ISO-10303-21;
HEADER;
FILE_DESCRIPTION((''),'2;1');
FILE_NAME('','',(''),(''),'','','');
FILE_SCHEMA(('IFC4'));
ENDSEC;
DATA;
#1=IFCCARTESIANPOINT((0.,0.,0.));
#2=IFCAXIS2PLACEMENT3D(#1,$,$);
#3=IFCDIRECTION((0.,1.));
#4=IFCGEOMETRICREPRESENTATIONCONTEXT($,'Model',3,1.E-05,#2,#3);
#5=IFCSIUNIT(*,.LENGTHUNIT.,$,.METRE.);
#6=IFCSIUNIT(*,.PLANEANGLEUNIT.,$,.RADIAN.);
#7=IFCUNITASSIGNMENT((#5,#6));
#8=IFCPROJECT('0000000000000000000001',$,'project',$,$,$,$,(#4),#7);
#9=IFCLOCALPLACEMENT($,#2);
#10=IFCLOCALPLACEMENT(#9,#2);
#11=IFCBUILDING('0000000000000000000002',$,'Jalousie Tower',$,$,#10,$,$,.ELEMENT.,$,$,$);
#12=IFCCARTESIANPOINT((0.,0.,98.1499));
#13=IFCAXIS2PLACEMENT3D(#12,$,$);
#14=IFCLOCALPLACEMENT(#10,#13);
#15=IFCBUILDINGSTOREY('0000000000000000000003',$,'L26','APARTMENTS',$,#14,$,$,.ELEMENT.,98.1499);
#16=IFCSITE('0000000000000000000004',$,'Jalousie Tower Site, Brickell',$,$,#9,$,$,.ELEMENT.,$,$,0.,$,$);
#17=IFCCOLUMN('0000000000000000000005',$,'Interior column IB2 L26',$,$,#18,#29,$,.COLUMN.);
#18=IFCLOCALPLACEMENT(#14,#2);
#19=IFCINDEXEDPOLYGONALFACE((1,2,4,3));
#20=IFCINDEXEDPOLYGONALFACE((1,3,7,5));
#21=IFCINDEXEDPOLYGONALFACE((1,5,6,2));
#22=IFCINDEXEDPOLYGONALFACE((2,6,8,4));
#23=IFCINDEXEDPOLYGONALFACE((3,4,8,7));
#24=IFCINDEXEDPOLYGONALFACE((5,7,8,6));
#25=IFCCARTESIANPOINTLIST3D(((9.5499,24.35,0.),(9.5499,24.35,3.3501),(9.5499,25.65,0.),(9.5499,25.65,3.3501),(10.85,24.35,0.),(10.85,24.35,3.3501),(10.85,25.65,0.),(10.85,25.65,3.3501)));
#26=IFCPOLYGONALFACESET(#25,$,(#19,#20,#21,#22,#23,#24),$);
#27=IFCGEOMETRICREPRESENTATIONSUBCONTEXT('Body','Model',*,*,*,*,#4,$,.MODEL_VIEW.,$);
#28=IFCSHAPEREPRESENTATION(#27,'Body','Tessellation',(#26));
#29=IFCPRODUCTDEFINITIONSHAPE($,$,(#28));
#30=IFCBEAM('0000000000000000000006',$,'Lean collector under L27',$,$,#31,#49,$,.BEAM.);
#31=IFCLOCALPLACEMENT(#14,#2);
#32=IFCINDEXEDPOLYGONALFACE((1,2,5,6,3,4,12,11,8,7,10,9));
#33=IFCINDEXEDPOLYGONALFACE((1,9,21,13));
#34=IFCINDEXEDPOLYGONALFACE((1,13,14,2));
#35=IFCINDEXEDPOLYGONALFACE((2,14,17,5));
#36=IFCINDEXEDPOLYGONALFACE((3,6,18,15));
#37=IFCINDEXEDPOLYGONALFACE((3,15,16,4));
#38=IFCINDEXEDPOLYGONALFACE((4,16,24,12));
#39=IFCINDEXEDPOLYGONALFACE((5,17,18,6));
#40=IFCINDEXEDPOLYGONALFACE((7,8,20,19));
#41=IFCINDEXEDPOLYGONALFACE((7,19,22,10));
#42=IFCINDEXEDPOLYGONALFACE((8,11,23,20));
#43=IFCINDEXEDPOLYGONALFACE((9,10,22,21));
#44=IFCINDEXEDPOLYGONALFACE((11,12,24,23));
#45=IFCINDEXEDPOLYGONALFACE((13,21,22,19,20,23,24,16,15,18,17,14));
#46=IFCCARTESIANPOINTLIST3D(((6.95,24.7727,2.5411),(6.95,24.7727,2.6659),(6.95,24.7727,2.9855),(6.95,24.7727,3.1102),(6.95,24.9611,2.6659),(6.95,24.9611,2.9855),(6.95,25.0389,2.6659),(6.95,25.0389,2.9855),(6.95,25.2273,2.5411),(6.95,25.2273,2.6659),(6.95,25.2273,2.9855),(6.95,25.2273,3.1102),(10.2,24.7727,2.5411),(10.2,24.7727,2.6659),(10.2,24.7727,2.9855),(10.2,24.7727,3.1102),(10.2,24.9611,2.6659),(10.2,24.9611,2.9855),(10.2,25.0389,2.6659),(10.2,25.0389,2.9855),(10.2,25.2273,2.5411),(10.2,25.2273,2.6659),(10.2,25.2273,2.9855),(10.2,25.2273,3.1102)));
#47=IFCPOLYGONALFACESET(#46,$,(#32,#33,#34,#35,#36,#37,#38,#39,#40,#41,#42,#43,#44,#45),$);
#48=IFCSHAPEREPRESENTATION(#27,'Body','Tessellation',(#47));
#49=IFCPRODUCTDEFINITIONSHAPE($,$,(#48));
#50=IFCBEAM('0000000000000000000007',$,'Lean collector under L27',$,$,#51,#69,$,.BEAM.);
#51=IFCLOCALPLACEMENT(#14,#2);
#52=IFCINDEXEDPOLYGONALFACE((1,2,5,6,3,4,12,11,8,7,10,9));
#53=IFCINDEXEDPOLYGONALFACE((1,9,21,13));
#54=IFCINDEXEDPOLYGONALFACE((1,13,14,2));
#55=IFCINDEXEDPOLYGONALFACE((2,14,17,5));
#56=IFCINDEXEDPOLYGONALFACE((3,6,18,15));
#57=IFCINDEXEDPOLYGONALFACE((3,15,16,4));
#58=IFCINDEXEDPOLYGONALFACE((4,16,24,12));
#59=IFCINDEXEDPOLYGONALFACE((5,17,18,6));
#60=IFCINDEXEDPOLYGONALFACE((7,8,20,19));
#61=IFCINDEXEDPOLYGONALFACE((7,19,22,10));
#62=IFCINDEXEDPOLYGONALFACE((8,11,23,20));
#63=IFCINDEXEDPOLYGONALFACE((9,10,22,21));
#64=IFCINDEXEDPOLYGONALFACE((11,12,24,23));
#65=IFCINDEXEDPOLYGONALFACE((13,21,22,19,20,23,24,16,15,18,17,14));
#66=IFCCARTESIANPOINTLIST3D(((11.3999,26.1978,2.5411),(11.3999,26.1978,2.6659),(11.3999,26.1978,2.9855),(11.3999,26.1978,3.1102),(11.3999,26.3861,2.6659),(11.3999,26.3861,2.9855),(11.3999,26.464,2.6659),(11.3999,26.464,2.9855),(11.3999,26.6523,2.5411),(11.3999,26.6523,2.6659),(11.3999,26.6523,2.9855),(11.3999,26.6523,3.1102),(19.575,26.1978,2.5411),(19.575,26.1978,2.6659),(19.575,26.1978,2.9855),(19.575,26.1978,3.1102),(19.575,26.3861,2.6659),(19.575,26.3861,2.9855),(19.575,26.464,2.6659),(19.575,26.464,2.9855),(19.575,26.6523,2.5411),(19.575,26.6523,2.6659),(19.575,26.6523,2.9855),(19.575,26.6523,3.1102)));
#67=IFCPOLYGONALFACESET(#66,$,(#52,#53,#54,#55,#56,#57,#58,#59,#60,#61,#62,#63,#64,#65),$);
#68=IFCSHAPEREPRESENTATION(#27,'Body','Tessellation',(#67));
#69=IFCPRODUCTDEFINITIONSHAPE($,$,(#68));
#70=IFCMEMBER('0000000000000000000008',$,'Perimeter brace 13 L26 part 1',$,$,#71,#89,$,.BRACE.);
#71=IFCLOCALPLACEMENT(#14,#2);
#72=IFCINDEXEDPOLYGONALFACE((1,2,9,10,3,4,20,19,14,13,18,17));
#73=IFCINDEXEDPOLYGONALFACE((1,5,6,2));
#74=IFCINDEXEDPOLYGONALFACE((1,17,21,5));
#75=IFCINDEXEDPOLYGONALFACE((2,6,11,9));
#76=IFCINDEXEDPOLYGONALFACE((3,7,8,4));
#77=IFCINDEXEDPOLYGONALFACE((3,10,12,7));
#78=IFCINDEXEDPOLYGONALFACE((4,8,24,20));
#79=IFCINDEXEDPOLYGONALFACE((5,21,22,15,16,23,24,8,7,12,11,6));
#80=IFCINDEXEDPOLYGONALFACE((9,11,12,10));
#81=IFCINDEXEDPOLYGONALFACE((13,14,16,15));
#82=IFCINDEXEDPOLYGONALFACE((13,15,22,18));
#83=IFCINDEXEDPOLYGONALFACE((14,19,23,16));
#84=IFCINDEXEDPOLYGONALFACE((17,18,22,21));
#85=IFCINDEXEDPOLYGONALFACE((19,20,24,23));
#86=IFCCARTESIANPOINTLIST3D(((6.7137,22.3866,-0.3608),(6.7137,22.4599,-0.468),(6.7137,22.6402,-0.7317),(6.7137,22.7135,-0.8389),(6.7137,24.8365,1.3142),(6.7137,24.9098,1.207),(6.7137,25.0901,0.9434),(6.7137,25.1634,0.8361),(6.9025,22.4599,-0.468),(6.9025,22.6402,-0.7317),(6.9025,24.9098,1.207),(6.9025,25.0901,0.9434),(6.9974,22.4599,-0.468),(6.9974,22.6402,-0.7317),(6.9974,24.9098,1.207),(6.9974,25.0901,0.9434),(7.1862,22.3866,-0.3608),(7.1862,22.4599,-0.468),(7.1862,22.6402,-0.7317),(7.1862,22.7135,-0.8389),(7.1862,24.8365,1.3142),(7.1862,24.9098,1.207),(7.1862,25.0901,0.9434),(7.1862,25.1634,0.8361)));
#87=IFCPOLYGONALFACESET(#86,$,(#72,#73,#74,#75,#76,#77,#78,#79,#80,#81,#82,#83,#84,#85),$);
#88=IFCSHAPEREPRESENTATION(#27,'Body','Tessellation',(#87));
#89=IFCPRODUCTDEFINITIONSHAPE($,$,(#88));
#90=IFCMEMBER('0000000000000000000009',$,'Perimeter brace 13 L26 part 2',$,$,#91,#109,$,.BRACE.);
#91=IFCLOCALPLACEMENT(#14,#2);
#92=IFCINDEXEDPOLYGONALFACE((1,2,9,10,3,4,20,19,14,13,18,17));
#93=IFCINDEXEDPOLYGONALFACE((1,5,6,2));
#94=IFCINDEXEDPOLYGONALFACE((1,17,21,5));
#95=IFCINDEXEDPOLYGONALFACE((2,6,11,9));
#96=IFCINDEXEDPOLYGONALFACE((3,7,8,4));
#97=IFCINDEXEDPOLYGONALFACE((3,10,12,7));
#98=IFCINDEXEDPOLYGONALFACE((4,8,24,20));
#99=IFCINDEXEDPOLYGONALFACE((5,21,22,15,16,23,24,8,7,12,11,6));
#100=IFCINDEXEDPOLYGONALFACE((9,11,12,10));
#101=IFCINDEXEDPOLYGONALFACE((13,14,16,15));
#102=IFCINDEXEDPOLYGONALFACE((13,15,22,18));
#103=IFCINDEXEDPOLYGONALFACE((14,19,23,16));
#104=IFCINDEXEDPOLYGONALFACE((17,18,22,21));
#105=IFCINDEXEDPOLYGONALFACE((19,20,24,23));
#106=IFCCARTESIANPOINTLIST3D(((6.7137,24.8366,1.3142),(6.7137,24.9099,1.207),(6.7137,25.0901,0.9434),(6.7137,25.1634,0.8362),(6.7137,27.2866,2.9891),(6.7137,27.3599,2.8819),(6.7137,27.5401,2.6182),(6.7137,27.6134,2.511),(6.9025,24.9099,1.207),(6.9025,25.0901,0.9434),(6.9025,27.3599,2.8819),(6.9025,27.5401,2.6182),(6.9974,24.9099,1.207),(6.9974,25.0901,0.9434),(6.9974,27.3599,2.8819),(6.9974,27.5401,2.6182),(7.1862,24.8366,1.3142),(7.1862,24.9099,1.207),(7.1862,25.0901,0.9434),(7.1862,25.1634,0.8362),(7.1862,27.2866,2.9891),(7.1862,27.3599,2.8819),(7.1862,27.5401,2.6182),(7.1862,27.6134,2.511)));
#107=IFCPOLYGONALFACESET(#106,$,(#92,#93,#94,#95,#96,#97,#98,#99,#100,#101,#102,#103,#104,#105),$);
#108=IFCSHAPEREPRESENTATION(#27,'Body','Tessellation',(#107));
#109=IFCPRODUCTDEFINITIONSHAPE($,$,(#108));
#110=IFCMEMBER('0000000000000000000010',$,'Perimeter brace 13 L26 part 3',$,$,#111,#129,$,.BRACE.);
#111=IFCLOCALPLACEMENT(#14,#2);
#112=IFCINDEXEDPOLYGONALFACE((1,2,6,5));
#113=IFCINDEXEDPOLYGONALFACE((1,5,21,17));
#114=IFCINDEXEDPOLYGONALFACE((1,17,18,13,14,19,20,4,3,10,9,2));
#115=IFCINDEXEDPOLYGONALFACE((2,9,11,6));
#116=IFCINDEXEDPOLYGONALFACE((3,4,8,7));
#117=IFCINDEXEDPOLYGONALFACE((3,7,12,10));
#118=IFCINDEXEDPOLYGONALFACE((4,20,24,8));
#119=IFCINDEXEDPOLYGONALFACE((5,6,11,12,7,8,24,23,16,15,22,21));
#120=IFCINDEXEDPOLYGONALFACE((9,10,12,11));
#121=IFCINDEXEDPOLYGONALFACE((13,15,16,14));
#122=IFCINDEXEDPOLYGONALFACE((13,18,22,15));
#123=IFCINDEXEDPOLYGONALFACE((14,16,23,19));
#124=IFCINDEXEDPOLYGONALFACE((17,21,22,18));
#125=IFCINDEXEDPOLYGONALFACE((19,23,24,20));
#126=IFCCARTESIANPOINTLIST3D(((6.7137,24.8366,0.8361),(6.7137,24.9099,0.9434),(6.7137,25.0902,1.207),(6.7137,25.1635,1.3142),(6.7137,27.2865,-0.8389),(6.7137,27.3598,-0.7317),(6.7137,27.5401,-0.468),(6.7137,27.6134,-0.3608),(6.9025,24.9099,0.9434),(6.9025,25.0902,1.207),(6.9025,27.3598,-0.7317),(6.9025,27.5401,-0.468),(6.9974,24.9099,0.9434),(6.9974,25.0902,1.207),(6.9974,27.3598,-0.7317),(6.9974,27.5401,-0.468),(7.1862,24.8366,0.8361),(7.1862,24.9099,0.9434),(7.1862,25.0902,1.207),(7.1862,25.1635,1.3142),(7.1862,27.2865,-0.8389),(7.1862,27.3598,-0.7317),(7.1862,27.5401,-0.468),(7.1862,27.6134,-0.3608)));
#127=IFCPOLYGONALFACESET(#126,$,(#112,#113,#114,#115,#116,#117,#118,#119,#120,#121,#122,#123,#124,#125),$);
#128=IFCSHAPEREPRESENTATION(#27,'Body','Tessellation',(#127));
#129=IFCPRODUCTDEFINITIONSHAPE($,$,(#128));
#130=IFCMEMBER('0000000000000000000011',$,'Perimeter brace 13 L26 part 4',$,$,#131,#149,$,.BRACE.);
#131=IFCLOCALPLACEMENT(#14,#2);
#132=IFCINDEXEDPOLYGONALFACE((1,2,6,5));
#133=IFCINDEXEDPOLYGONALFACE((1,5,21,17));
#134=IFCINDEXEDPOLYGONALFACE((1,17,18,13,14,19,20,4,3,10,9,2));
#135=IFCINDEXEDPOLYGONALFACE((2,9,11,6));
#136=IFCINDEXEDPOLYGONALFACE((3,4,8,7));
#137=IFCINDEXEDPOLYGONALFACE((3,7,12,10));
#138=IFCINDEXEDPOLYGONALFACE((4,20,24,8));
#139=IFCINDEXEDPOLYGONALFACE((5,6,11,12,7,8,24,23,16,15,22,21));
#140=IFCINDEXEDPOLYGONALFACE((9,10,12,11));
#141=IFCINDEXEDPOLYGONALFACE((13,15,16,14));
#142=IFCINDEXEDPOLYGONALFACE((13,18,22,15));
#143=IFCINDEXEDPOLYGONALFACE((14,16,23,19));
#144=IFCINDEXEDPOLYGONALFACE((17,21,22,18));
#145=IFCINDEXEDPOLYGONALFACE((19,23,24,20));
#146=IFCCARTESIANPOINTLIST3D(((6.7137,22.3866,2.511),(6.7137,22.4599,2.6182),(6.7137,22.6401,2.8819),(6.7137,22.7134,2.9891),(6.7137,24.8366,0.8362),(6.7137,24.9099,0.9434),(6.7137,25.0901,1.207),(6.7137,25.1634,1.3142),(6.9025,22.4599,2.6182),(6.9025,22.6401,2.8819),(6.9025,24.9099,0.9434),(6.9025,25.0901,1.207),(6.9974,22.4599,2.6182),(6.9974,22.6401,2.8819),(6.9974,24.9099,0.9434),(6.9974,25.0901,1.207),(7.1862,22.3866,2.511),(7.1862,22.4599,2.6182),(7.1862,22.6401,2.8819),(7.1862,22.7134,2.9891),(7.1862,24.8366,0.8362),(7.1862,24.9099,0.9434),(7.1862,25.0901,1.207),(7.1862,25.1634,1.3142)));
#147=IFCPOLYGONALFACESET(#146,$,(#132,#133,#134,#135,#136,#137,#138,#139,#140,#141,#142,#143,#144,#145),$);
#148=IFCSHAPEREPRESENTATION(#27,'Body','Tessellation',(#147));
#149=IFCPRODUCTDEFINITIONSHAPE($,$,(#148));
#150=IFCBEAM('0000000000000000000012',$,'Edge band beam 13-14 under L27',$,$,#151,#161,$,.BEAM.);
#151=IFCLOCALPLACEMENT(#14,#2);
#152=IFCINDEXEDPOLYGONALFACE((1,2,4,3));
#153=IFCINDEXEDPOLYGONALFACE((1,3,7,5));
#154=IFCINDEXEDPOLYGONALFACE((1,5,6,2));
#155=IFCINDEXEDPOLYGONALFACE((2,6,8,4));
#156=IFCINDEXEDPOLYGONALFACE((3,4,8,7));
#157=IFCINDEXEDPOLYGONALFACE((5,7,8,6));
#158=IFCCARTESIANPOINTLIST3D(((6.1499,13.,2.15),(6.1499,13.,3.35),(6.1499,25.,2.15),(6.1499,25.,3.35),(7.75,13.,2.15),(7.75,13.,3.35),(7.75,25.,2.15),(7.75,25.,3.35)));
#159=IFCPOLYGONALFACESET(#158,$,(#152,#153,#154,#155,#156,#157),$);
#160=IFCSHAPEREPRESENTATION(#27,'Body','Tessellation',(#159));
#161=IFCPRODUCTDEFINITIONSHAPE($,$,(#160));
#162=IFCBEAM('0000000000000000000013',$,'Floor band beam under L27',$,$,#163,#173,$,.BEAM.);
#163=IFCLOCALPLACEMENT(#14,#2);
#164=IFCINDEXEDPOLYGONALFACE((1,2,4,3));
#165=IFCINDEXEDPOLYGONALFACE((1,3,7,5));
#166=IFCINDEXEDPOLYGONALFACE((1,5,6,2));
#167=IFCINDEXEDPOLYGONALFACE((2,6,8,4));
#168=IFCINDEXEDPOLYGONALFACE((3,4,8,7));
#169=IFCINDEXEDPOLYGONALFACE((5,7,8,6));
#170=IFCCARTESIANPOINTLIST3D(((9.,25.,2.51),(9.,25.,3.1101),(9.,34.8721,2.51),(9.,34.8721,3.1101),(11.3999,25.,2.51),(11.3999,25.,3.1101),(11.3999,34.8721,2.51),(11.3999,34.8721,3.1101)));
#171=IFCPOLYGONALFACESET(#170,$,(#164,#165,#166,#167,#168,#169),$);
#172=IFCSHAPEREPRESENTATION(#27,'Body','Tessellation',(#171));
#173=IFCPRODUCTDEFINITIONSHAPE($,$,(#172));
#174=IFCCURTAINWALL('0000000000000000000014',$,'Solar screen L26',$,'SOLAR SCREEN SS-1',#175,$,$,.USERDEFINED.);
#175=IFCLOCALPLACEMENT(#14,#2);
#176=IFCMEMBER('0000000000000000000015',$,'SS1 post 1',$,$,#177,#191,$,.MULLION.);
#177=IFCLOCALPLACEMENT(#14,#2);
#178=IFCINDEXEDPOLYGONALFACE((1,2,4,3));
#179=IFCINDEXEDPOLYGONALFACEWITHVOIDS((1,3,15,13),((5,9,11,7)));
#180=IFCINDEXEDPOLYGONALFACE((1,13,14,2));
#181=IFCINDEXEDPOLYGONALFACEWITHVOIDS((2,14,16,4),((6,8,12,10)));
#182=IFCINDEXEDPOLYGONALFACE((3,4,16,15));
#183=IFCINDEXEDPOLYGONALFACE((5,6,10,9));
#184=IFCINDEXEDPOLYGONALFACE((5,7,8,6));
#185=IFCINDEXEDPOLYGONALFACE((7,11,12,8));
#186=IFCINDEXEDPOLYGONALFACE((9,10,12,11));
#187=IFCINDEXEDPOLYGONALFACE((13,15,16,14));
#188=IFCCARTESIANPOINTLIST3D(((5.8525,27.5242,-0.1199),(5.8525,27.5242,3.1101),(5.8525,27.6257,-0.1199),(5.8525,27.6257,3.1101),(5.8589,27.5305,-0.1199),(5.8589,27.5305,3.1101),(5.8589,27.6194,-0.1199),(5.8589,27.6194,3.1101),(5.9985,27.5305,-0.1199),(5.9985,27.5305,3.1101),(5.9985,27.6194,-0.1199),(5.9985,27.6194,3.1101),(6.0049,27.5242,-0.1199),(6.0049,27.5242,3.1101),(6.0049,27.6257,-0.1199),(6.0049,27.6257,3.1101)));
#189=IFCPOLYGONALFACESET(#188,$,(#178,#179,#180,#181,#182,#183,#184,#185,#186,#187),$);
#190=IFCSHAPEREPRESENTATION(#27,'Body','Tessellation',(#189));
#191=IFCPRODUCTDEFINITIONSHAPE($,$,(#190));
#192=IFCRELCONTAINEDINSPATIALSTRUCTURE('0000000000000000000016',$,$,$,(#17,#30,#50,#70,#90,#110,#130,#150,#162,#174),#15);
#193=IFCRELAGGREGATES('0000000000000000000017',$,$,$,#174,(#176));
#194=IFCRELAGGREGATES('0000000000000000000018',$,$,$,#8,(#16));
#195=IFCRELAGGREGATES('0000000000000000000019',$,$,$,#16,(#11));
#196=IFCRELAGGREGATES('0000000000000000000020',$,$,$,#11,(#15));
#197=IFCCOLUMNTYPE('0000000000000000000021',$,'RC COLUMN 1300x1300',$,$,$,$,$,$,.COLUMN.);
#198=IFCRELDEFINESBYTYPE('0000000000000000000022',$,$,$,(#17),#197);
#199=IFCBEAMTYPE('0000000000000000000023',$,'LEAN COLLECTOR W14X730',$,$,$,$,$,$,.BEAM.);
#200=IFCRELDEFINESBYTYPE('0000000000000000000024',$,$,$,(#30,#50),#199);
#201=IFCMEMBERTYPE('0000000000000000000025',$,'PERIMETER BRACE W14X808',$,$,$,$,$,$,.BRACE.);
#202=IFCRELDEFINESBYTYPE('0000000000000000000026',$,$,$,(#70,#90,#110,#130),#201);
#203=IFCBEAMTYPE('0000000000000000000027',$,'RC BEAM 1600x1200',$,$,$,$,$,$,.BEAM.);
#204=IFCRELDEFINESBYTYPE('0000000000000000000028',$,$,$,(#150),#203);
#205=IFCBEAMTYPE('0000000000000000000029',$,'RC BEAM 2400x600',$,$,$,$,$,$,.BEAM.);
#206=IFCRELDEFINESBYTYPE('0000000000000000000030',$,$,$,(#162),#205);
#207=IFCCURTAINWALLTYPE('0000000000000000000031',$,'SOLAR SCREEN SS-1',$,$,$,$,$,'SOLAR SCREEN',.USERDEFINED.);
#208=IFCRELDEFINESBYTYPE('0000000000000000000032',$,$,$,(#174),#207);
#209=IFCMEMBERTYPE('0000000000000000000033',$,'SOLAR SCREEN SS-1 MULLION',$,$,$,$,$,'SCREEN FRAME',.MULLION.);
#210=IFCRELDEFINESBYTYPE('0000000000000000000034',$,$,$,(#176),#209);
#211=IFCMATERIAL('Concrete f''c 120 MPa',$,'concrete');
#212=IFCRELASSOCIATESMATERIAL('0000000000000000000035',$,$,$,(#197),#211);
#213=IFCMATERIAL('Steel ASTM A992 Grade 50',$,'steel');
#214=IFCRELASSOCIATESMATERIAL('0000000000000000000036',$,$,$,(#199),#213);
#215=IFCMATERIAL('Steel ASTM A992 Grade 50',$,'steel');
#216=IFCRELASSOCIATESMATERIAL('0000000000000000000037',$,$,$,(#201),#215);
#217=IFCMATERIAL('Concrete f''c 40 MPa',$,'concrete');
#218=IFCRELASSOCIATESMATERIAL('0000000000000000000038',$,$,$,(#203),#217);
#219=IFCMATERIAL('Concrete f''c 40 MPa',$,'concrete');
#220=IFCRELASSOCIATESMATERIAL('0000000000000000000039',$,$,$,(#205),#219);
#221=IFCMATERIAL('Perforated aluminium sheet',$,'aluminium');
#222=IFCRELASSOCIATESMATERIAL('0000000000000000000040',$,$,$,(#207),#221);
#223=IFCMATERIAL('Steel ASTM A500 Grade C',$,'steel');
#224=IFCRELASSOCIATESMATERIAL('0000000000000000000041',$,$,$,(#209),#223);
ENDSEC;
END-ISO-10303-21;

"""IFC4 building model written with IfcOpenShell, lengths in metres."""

from ifc_helpers import new_model, si_unit, direction, frame, origin, origin_2d, place, context, subcontext, project, spatial, rectangle, hollow_rectangle, i_section, extrude, material, material_profile, profile_set, type_object, element, aggregate, save


model = new_model("IFC4")

# Units and contexts
model_context = context("Model", 3, precision=1e-05, world=origin(), true_north=direction((0.0, 1.0)))
body_context = subcontext(model_context, "Body", "Model", "MODEL_VIEW")
ifc_project = project(units=[si_unit("LENGTHUNIT", "METRE"), si_unit("PLANEANGLEUNIT", "RADIAN")], contexts=[model_context])

# Site, building, storey
site_placement = place(None, origin())
site = spatial("IfcSite", under=ifc_project, at=site_placement, Name="Jalousie Tower Site, Brickell", CompositionType="ELEMENT", RefElevation=0.0)
building_placement = place(site_placement, origin())
building = spatial("IfcBuilding", under=site, at=building_placement, Name="Jalousie Tower", CompositionType="ELEMENT")
storey_placement = place(building_placement, frame((0.0, 0.0, 98.1499)))
storey = spatial("IfcBuildingStorey", under=building, at=storey_placement, Name="L26", Description="APARTMENTS", CompositionType="ELEMENT", Elevation=98.1499)

# Column
ifc_material_1 = material(Name="Concrete f'c 120 MPa", Category="concrete")
ifc_material_profile_1 = material_profile(ifc_material_1, rectangle(XDim=1.3, YDim=1.3, at=origin_2d()), Name="RC 1300x1300")
ifc_profile_set_1 = profile_set([ifc_material_profile_1], Name="Concrete f'c 120 MPa")
column_type = type_object("IfcColumnType", Name="RC COLUMN 1300x1300", PredefinedType="COLUMN", material=ifc_profile_set_1)
column_placement = place(storey_placement, frame((10.2, 25.0, 0.0), z_axis=(0.0, 0.0, 1.0), x_axis=(1.0, 0.0, 0.0)))
element("IfcColumn", 1, at=column_placement, inside=storey, type_object=column_type, Name="Interior column IB2 L26", PredefinedType="COLUMN", context=body_context, shape_type="SweptSolid", body=[
    extrude(rectangle(XDim=1.3, YDim=1.3, at=origin_2d()), origin(), (0.0, 0.0, 1.0), 3.3501),
])

# Beams
ifc_material_2 = material(Name="Steel ASTM A992 Grade 50", Category="steel")
ifc_material_profile_2 = material_profile(ifc_material_2, i_section(OverallWidth=0.4546, OverallDepth=0.5691, WebThickness=0.0779, FlangeThickness=0.1248, at=origin_2d()), Name="W14X730")
ifc_profile_set_2 = profile_set([ifc_material_profile_2], Name="Steel ASTM A992 Grade 50")
beam_type_1 = type_object("IfcBeamType", Name="LEAN COLLECTOR W14X730", PredefinedType="BEAM", material=ifc_profile_set_2)
beam_1_placement = place(storey_placement, frame((6.95, 25.0, 2.8257), z_axis=(1.0, 0.0, 0.0), x_axis=(0.0, 1.0, 0.0)))
element("IfcBeam", 2, at=beam_1_placement, inside=storey, type_object=beam_type_1, Name="Lean collector under L27", PredefinedType="BEAM", context=body_context, shape_type="SweptSolid", body=[
    extrude(i_section(OverallWidth=0.4546, OverallDepth=0.5691, WebThickness=0.0779, FlangeThickness=0.1248, at=origin_2d()), origin(), (0.0, 0.0, 1.0), 3.25),
])
beam_2_placement = place(storey_placement, frame((11.3999, 26.425, 2.8257), z_axis=(1.0, 0.0, 0.0), x_axis=(0.0, 1.0, 0.0)))
element("IfcBeam", 3, at=beam_2_placement, inside=storey, type_object=beam_type_1, Name="Lean collector under L27", PredefinedType="BEAM", context=body_context, shape_type="SweptSolid", body=[
    extrude(i_section(OverallWidth=0.4546, OverallDepth=0.5691, WebThickness=0.0779, FlangeThickness=0.1248, at=origin_2d()), origin(), (0.0, 0.0, 1.0), 8.175),
])

# Members
ifc_material_3 = material(Name="Steel ASTM A992 Grade 50", Category="steel")
ifc_material_profile_3 = material_profile(ifc_material_3, i_section(OverallWidth=0.4724, OverallDepth=0.5791, WebThickness=0.095, FlangeThickness=0.1299, at=origin_2d()), Name="W14X808")
ifc_profile_set_3 = profile_set([ifc_material_profile_3], Name="Steel ASTM A992 Grade 50")
member_type_1 = type_object("IfcMemberType", Name="PERIMETER BRACE W14X808", PredefinedType="BRACE", material=ifc_profile_set_3)
for number, where, z_axis, x_axis, name in (
    (4, (6.95, 22.55, -0.5999), (0.0, 0.825501, 0.564401), (-1.0, 0.0, 0.0), "Perimeter brace 13 L26 part 1"),
    (5, (6.95, 25.0, 1.0752), (0.0, 0.825539, 0.564345), (-1.0, 0.0, 0.0), "Perimeter brace 13 L26 part 2"),
    (6, (6.95, 27.45, -0.5999), (0.0, -0.825501, 0.564401), (1.0, 0.0, 0.0), "Perimeter brace 13 L26 part 3"),
    (7, (6.95, 25.0, 1.0752), (0.0, -0.825539, 0.564345), (1.0, 0.0, 0.0), "Perimeter brace 13 L26 part 4"),
):
    element("IfcMember", number, at=place(storey_placement, frame(where, z_axis=z_axis, x_axis=x_axis)), inside=storey, type_object=member_type_1, Name=name, PredefinedType="BRACE", context=body_context, shape_type="SweptSolid", body=[
        extrude(i_section(OverallWidth=0.4724, OverallDepth=0.5791, WebThickness=0.095, FlangeThickness=0.1299, at=origin_2d()), origin(), (0.0, 0.0, 1.0), 2.9678),
    ])

# Beams
ifc_material_4 = material(Name="Concrete f'c 40 MPa", Category="concrete")
ifc_material_profile_4 = material_profile(ifc_material_4, rectangle(XDim=1.6001, YDim=1.2, at=origin_2d()), Name="RC 1600x1200")
ifc_profile_set_4 = profile_set([ifc_material_profile_4], Name="Concrete f'c 40 MPa")
beam_type_2 = type_object("IfcBeamType", Name="RC BEAM 1600x1200", PredefinedType="BEAM", material=ifc_profile_set_4)
beam_3_placement = place(storey_placement, frame((6.95, 25.0, 2.75), z_axis=(0.0, -1.0, 0.0), x_axis=(1.0, 0.0, 0.0)))
element("IfcBeam", 8, at=beam_3_placement, inside=storey, type_object=beam_type_2, Name="Edge band beam 13-14 under L27", PredefinedType="BEAM", context=body_context, shape_type="SweptSolid", body=[
    extrude(rectangle(XDim=1.6001, YDim=1.2, at=origin_2d()), origin(), (0.0, 0.0, 1.0), 12.0),
])
ifc_material_5 = material(Name="Concrete f'c 40 MPa", Category="concrete")
ifc_material_profile_5 = material_profile(ifc_material_5, rectangle(XDim=2.3999, YDim=0.6001, at=origin_2d()), Name="RC 2400x600")
ifc_profile_set_5 = profile_set([ifc_material_profile_5], Name="Concrete f'c 40 MPa")
beam_type_3 = type_object("IfcBeamType", Name="RC BEAM 2400x600", PredefinedType="BEAM", material=ifc_profile_set_5)
beam_4_placement = place(storey_placement, frame((10.2, 25.0, 2.8101), z_axis=(0.0, 1.0, 0.0), x_axis=(-1.0, 0.0, 0.0)))
element("IfcBeam", 9, at=beam_4_placement, inside=storey, type_object=beam_type_3, Name="Floor band beam under L27", PredefinedType="BEAM", context=body_context, shape_type="SweptSolid", body=[
    extrude(rectangle(XDim=2.3999, YDim=0.6001, at=origin_2d()), origin(), (0.0, 0.0, 1.0), 9.8721),
])

# Curtain wall, member
ifc_material_6 = material(Name="Perforated aluminium sheet", Category="aluminium")
curtain_wall_type = type_object("IfcCurtainWallType", Name="SOLAR SCREEN SS-1", ElementType="SOLAR SCREEN", PredefinedType="USERDEFINED", material=ifc_material_6)
curtain_wall_placement = place(storey_placement, origin())
curtain_wall = element("IfcCurtainWall", 10, at=curtain_wall_placement, inside=storey, type_object=curtain_wall_type, Name="Solar screen L26", ObjectType="SOLAR SCREEN SS-1", PredefinedType="USERDEFINED")
ifc_material_7 = material(Name="Steel ASTM A500 Grade C", Category="steel")
ifc_material_profile_6 = material_profile(ifc_material_7, hollow_rectangle(XDim=0.1016, YDim=0.1523, WallThickness=0.0063, at=origin_2d()), Name="HSS6X4X1/4")
ifc_profile_set_6 = profile_set([ifc_material_profile_6], Name="Steel ASTM A500 Grade C")
member_type_2 = type_object("IfcMemberType", Name="SOLAR SCREEN SS-1 MULLION", ElementType="SCREEN FRAME", PredefinedType="MULLION", material=ifc_profile_set_6)
member_1_placement = place(storey_placement, frame((5.9287, 27.575, -0.1199), z_axis=(0.0, 0.0, 1.0), x_axis=(0.0, -1.0, 0.0)))
member_1 = element("IfcMember", 11, at=member_1_placement, type_object=member_type_2, Name="SS1 post 1", PredefinedType="MULLION", context=body_context, shape_type="SweptSolid", body=[
    extrude(hollow_rectangle(XDim=0.1016, YDim=0.1523, WallThickness=0.0063, at=origin_2d()), origin(), (0.0, 0.0, 1.0), 3.23),
])
aggregate(curtain_wall, [member_1])

save(model, "model.ifc")
